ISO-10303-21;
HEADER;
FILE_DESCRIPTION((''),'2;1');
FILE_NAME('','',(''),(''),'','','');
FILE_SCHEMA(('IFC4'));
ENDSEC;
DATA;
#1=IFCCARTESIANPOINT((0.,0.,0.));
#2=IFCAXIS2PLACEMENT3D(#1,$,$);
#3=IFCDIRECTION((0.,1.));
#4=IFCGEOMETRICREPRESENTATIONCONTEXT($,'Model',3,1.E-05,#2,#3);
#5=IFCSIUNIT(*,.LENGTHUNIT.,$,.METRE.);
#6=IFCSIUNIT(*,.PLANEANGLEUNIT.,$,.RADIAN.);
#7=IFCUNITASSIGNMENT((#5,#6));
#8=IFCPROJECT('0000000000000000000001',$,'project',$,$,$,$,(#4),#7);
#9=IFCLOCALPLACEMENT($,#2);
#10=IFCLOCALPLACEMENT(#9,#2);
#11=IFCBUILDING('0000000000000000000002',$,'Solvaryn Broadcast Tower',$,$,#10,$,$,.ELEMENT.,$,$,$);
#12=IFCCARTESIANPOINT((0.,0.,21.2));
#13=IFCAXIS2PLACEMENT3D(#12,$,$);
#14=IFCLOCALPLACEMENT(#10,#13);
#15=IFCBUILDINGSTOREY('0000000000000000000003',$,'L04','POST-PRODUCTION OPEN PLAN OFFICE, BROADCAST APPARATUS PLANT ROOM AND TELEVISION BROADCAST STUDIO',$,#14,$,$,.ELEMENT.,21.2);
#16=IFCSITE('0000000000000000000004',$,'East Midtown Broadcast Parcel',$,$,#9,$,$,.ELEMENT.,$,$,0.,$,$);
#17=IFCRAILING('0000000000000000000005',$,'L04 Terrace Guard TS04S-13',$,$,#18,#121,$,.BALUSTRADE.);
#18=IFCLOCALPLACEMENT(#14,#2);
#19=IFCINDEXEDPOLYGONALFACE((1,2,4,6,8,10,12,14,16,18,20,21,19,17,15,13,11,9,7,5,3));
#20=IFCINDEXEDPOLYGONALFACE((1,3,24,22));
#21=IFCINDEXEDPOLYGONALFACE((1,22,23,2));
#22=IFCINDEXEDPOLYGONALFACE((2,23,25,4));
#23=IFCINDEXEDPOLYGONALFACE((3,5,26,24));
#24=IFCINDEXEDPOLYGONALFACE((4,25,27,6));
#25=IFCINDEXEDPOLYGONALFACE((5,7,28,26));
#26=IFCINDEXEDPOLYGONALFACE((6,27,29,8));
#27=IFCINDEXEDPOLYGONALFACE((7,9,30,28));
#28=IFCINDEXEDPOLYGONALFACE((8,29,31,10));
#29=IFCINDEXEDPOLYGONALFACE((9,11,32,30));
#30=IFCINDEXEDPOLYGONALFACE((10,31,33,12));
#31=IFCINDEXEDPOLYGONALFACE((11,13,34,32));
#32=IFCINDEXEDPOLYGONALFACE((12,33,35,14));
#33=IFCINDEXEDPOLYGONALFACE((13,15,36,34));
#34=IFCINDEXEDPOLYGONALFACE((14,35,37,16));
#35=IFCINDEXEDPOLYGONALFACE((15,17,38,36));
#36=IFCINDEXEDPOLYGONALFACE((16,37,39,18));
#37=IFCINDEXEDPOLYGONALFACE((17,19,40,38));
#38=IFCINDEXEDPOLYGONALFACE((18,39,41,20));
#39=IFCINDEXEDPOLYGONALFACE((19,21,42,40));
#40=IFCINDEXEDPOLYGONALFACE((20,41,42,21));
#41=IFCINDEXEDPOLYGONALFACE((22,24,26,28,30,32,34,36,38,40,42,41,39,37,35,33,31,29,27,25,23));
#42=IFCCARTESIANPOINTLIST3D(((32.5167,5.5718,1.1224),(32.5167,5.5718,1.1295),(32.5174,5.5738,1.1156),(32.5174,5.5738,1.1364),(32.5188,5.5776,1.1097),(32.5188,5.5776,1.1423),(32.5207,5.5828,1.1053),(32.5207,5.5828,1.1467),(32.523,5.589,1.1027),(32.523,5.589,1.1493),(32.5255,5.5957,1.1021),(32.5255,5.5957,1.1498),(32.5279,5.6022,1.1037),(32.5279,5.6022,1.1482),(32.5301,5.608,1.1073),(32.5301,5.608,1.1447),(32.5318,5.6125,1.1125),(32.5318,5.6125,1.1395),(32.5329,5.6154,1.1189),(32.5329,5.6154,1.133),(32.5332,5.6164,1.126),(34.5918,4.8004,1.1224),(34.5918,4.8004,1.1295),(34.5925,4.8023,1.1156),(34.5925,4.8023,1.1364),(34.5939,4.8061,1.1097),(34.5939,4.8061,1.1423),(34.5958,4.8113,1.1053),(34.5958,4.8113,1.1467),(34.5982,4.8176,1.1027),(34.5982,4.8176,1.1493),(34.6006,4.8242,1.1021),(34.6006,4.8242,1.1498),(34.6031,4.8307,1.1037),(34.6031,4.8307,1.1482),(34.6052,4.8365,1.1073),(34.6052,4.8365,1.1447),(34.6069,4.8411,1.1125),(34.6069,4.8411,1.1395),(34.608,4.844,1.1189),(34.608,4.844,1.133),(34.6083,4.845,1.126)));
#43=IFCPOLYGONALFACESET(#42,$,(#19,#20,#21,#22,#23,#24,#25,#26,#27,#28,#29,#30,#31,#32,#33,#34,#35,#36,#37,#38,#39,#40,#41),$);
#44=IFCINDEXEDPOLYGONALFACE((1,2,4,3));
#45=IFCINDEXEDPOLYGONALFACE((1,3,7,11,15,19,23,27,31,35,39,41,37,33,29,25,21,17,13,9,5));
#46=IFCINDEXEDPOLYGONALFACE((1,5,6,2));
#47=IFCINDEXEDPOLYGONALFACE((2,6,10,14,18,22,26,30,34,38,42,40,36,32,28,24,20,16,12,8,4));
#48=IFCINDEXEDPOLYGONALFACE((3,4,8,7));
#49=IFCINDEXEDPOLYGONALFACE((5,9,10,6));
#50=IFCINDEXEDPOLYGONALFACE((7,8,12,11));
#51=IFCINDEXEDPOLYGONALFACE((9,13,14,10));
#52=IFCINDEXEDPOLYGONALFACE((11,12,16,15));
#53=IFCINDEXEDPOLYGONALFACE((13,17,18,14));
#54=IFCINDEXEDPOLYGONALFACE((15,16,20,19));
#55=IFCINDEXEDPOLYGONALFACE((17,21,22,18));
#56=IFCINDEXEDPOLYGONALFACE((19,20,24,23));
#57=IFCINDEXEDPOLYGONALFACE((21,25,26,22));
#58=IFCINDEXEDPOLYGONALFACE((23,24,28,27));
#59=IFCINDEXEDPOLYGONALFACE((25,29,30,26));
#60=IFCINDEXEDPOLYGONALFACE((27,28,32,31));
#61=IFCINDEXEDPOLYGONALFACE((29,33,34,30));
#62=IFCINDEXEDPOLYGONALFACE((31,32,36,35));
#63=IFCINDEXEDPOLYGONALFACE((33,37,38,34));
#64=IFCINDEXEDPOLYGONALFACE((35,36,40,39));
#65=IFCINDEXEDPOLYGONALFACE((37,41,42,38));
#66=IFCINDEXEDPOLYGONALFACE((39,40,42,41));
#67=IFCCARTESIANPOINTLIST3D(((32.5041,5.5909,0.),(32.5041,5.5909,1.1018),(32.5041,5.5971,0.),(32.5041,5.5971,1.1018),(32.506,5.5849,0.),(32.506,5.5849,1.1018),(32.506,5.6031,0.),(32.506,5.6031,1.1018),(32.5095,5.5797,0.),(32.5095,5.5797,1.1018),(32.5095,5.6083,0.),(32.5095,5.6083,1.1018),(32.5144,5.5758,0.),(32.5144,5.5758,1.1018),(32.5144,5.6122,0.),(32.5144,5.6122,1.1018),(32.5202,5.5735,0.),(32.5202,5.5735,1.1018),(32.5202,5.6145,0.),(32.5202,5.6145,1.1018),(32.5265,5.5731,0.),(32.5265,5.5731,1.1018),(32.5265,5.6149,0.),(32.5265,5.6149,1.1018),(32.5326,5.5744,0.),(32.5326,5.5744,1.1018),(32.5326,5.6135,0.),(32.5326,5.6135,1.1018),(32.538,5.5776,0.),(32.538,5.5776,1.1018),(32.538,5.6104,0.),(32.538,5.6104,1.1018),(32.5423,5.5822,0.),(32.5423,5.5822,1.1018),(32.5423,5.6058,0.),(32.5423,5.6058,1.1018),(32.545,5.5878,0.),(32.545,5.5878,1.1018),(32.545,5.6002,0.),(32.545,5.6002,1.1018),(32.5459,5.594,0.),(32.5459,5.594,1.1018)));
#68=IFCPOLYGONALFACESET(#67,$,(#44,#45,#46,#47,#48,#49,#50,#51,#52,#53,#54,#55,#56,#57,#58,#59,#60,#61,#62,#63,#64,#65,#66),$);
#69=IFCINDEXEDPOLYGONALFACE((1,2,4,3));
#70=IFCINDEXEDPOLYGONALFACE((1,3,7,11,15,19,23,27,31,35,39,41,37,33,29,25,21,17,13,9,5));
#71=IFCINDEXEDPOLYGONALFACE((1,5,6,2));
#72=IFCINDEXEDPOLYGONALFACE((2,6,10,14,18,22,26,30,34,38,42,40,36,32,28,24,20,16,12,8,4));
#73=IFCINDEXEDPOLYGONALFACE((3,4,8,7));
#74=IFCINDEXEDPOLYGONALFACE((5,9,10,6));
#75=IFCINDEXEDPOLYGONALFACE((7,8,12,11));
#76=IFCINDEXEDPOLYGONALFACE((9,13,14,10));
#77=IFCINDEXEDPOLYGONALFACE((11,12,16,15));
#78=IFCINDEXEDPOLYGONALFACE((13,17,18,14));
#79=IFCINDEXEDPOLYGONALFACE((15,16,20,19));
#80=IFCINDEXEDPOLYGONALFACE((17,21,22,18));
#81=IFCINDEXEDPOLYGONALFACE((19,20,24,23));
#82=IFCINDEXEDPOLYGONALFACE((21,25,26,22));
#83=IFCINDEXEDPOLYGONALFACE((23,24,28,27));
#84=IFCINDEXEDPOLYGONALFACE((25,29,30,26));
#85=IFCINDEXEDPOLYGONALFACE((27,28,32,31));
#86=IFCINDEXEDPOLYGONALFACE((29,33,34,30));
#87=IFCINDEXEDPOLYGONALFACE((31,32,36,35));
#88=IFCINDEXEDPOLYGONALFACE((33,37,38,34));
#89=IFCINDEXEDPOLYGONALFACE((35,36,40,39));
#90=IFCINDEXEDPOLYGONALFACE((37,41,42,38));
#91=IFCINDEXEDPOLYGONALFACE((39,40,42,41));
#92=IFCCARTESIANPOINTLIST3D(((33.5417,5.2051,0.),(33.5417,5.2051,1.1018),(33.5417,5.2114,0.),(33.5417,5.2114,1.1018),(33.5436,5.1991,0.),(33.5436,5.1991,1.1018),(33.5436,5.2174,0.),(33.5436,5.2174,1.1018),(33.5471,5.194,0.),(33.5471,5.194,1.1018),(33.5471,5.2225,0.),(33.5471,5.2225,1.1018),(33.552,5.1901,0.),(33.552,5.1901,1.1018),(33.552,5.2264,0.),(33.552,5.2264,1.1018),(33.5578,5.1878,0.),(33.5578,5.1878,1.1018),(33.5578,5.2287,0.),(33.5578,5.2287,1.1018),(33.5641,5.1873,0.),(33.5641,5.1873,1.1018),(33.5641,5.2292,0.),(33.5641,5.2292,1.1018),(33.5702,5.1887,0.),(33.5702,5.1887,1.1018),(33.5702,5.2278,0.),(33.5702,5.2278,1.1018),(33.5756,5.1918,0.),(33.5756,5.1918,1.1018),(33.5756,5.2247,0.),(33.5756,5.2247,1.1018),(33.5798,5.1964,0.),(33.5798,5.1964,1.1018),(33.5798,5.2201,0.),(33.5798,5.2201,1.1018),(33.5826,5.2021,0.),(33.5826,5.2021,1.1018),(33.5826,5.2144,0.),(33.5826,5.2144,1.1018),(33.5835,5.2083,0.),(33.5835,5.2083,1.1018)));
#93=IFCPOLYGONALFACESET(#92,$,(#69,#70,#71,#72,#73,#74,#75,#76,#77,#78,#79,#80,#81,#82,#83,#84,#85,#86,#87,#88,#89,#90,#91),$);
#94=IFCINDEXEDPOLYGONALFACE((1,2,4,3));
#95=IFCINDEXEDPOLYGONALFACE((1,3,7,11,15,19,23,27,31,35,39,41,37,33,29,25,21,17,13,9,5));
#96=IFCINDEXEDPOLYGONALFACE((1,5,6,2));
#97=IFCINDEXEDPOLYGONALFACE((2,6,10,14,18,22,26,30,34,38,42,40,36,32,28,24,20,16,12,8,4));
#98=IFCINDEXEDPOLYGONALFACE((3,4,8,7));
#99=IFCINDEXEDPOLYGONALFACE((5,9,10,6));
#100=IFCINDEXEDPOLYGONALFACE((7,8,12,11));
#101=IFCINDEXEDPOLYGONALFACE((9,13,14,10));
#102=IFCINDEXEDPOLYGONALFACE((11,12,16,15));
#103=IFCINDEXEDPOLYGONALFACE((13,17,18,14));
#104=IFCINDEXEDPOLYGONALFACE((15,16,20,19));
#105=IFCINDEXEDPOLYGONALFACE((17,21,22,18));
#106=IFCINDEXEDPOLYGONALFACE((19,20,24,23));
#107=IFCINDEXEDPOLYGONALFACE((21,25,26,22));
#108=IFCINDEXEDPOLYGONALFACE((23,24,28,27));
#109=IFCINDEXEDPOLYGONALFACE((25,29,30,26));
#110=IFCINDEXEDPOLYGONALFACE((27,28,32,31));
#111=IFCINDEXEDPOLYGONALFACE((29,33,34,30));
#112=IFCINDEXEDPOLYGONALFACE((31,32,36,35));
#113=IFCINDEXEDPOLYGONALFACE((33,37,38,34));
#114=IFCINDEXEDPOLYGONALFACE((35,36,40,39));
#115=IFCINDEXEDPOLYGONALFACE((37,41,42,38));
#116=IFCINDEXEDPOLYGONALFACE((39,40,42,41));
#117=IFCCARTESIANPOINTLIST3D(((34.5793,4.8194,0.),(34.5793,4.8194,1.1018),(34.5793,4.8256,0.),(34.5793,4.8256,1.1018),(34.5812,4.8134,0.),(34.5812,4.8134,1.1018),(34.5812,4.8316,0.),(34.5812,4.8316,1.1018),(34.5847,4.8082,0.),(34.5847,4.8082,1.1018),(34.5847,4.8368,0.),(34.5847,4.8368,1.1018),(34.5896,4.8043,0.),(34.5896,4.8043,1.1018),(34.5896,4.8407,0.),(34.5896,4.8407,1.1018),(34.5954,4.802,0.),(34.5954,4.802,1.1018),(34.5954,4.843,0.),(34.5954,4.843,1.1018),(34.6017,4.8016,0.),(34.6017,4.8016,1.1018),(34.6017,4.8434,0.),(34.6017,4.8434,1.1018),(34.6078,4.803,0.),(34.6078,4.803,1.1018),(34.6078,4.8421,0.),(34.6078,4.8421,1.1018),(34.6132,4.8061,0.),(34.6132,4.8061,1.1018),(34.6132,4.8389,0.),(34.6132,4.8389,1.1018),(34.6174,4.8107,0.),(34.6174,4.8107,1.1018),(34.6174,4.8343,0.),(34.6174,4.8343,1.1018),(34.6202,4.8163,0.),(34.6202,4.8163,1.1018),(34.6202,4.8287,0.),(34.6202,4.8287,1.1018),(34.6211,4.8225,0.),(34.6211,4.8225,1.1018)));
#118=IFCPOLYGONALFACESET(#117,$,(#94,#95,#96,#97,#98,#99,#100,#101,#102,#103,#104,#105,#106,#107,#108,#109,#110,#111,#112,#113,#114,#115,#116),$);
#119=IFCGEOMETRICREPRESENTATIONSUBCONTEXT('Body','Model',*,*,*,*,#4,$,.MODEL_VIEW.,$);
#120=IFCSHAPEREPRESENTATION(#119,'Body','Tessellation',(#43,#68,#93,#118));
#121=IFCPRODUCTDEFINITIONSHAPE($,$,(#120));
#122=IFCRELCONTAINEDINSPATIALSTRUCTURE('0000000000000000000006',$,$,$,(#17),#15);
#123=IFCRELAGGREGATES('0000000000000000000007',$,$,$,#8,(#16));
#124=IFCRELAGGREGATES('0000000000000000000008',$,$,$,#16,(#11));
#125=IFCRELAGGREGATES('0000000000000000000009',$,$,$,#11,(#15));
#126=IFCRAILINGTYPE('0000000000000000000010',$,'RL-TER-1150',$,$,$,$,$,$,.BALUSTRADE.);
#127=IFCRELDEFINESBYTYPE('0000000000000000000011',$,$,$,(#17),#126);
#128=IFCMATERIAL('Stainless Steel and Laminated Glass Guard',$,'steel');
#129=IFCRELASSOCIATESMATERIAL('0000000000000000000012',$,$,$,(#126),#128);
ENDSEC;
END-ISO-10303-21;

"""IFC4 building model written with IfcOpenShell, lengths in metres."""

from ifc_helpers import new_model, si_unit, direction, frame, origin, origin_2d, place, context, subcontext, project, spatial, circle, extrude, material, type_object, element, save


model = new_model("IFC4")

# Units and contexts
model_context = context("Model", 3, precision=1e-05, world=origin(), true_north=direction((0.0, 1.0)))
body_context = subcontext(model_context, "Body", "Model", "MODEL_VIEW")
ifc_project = project(units=[si_unit("LENGTHUNIT", "METRE"), si_unit("PLANEANGLEUNIT", "RADIAN")], contexts=[model_context])

# Site, building, storey
site_placement = place(None, origin())
site = spatial("IfcSite", under=ifc_project, at=site_placement, Name="East Midtown Broadcast Parcel", CompositionType="ELEMENT", RefElevation=0.0)
building_placement = place(site_placement, origin())
building = spatial("IfcBuilding", under=site, at=building_placement, Name="Solvaryn Broadcast Tower", CompositionType="ELEMENT")
storey_placement = place(building_placement, frame((0.0, 0.0, 21.2)))
storey = spatial("IfcBuildingStorey", under=building, at=storey_placement, Name="L04", Description="POST-PRODUCTION OPEN PLAN OFFICE, BROADCAST APPARATUS PLANT ROOM AND TELEVISION BROADCAST STUDIO", CompositionType="ELEMENT", Elevation=21.2)

# Railing
ifc_material_1 = material(Name="Stainless Steel and Laminated Glass Guard", Category="steel")
railing_type = type_object("IfcRailingType", Name="RL-TER-1150", PredefinedType="BALUSTRADE", material=ifc_material_1)
railing_1_placement = place(storey_placement, frame((32.5249, 5.594, 0.0)))
element("IfcRailing", 1, at=railing_1_placement, inside=storey, type_object=railing_type, Name="L04 Terrace Guard TS04S-13", PredefinedType="BALUSTRADE", context=body_context, shape_type="SweptSolid", body=[
    extrude(circle(Radius=0.0239, at=origin_2d()), frame((0.0, 0.0, 1.126), z_axis=(0.937322, -0.348463, 0.0), x_axis=(0.348463, 0.937322, 0.0)), (0.0, 0.0, 1.0), 2.2139),
    extrude(circle(Radius=0.021, at=origin_2d()), origin(), (0.0, 0.0, 1.0), 1.1018),
    extrude(circle(Radius=0.021, at=origin_2d()), frame((1.0376, -0.3857, 0.0)), (0.0, 0.0, 1.0), 1.1018),
    extrude(circle(Radius=0.021, at=origin_2d()), frame((2.0752, -0.7715, 0.0)), (0.0, 0.0, 1.0), 1.1018),
])

save(model, "model.ifc")
